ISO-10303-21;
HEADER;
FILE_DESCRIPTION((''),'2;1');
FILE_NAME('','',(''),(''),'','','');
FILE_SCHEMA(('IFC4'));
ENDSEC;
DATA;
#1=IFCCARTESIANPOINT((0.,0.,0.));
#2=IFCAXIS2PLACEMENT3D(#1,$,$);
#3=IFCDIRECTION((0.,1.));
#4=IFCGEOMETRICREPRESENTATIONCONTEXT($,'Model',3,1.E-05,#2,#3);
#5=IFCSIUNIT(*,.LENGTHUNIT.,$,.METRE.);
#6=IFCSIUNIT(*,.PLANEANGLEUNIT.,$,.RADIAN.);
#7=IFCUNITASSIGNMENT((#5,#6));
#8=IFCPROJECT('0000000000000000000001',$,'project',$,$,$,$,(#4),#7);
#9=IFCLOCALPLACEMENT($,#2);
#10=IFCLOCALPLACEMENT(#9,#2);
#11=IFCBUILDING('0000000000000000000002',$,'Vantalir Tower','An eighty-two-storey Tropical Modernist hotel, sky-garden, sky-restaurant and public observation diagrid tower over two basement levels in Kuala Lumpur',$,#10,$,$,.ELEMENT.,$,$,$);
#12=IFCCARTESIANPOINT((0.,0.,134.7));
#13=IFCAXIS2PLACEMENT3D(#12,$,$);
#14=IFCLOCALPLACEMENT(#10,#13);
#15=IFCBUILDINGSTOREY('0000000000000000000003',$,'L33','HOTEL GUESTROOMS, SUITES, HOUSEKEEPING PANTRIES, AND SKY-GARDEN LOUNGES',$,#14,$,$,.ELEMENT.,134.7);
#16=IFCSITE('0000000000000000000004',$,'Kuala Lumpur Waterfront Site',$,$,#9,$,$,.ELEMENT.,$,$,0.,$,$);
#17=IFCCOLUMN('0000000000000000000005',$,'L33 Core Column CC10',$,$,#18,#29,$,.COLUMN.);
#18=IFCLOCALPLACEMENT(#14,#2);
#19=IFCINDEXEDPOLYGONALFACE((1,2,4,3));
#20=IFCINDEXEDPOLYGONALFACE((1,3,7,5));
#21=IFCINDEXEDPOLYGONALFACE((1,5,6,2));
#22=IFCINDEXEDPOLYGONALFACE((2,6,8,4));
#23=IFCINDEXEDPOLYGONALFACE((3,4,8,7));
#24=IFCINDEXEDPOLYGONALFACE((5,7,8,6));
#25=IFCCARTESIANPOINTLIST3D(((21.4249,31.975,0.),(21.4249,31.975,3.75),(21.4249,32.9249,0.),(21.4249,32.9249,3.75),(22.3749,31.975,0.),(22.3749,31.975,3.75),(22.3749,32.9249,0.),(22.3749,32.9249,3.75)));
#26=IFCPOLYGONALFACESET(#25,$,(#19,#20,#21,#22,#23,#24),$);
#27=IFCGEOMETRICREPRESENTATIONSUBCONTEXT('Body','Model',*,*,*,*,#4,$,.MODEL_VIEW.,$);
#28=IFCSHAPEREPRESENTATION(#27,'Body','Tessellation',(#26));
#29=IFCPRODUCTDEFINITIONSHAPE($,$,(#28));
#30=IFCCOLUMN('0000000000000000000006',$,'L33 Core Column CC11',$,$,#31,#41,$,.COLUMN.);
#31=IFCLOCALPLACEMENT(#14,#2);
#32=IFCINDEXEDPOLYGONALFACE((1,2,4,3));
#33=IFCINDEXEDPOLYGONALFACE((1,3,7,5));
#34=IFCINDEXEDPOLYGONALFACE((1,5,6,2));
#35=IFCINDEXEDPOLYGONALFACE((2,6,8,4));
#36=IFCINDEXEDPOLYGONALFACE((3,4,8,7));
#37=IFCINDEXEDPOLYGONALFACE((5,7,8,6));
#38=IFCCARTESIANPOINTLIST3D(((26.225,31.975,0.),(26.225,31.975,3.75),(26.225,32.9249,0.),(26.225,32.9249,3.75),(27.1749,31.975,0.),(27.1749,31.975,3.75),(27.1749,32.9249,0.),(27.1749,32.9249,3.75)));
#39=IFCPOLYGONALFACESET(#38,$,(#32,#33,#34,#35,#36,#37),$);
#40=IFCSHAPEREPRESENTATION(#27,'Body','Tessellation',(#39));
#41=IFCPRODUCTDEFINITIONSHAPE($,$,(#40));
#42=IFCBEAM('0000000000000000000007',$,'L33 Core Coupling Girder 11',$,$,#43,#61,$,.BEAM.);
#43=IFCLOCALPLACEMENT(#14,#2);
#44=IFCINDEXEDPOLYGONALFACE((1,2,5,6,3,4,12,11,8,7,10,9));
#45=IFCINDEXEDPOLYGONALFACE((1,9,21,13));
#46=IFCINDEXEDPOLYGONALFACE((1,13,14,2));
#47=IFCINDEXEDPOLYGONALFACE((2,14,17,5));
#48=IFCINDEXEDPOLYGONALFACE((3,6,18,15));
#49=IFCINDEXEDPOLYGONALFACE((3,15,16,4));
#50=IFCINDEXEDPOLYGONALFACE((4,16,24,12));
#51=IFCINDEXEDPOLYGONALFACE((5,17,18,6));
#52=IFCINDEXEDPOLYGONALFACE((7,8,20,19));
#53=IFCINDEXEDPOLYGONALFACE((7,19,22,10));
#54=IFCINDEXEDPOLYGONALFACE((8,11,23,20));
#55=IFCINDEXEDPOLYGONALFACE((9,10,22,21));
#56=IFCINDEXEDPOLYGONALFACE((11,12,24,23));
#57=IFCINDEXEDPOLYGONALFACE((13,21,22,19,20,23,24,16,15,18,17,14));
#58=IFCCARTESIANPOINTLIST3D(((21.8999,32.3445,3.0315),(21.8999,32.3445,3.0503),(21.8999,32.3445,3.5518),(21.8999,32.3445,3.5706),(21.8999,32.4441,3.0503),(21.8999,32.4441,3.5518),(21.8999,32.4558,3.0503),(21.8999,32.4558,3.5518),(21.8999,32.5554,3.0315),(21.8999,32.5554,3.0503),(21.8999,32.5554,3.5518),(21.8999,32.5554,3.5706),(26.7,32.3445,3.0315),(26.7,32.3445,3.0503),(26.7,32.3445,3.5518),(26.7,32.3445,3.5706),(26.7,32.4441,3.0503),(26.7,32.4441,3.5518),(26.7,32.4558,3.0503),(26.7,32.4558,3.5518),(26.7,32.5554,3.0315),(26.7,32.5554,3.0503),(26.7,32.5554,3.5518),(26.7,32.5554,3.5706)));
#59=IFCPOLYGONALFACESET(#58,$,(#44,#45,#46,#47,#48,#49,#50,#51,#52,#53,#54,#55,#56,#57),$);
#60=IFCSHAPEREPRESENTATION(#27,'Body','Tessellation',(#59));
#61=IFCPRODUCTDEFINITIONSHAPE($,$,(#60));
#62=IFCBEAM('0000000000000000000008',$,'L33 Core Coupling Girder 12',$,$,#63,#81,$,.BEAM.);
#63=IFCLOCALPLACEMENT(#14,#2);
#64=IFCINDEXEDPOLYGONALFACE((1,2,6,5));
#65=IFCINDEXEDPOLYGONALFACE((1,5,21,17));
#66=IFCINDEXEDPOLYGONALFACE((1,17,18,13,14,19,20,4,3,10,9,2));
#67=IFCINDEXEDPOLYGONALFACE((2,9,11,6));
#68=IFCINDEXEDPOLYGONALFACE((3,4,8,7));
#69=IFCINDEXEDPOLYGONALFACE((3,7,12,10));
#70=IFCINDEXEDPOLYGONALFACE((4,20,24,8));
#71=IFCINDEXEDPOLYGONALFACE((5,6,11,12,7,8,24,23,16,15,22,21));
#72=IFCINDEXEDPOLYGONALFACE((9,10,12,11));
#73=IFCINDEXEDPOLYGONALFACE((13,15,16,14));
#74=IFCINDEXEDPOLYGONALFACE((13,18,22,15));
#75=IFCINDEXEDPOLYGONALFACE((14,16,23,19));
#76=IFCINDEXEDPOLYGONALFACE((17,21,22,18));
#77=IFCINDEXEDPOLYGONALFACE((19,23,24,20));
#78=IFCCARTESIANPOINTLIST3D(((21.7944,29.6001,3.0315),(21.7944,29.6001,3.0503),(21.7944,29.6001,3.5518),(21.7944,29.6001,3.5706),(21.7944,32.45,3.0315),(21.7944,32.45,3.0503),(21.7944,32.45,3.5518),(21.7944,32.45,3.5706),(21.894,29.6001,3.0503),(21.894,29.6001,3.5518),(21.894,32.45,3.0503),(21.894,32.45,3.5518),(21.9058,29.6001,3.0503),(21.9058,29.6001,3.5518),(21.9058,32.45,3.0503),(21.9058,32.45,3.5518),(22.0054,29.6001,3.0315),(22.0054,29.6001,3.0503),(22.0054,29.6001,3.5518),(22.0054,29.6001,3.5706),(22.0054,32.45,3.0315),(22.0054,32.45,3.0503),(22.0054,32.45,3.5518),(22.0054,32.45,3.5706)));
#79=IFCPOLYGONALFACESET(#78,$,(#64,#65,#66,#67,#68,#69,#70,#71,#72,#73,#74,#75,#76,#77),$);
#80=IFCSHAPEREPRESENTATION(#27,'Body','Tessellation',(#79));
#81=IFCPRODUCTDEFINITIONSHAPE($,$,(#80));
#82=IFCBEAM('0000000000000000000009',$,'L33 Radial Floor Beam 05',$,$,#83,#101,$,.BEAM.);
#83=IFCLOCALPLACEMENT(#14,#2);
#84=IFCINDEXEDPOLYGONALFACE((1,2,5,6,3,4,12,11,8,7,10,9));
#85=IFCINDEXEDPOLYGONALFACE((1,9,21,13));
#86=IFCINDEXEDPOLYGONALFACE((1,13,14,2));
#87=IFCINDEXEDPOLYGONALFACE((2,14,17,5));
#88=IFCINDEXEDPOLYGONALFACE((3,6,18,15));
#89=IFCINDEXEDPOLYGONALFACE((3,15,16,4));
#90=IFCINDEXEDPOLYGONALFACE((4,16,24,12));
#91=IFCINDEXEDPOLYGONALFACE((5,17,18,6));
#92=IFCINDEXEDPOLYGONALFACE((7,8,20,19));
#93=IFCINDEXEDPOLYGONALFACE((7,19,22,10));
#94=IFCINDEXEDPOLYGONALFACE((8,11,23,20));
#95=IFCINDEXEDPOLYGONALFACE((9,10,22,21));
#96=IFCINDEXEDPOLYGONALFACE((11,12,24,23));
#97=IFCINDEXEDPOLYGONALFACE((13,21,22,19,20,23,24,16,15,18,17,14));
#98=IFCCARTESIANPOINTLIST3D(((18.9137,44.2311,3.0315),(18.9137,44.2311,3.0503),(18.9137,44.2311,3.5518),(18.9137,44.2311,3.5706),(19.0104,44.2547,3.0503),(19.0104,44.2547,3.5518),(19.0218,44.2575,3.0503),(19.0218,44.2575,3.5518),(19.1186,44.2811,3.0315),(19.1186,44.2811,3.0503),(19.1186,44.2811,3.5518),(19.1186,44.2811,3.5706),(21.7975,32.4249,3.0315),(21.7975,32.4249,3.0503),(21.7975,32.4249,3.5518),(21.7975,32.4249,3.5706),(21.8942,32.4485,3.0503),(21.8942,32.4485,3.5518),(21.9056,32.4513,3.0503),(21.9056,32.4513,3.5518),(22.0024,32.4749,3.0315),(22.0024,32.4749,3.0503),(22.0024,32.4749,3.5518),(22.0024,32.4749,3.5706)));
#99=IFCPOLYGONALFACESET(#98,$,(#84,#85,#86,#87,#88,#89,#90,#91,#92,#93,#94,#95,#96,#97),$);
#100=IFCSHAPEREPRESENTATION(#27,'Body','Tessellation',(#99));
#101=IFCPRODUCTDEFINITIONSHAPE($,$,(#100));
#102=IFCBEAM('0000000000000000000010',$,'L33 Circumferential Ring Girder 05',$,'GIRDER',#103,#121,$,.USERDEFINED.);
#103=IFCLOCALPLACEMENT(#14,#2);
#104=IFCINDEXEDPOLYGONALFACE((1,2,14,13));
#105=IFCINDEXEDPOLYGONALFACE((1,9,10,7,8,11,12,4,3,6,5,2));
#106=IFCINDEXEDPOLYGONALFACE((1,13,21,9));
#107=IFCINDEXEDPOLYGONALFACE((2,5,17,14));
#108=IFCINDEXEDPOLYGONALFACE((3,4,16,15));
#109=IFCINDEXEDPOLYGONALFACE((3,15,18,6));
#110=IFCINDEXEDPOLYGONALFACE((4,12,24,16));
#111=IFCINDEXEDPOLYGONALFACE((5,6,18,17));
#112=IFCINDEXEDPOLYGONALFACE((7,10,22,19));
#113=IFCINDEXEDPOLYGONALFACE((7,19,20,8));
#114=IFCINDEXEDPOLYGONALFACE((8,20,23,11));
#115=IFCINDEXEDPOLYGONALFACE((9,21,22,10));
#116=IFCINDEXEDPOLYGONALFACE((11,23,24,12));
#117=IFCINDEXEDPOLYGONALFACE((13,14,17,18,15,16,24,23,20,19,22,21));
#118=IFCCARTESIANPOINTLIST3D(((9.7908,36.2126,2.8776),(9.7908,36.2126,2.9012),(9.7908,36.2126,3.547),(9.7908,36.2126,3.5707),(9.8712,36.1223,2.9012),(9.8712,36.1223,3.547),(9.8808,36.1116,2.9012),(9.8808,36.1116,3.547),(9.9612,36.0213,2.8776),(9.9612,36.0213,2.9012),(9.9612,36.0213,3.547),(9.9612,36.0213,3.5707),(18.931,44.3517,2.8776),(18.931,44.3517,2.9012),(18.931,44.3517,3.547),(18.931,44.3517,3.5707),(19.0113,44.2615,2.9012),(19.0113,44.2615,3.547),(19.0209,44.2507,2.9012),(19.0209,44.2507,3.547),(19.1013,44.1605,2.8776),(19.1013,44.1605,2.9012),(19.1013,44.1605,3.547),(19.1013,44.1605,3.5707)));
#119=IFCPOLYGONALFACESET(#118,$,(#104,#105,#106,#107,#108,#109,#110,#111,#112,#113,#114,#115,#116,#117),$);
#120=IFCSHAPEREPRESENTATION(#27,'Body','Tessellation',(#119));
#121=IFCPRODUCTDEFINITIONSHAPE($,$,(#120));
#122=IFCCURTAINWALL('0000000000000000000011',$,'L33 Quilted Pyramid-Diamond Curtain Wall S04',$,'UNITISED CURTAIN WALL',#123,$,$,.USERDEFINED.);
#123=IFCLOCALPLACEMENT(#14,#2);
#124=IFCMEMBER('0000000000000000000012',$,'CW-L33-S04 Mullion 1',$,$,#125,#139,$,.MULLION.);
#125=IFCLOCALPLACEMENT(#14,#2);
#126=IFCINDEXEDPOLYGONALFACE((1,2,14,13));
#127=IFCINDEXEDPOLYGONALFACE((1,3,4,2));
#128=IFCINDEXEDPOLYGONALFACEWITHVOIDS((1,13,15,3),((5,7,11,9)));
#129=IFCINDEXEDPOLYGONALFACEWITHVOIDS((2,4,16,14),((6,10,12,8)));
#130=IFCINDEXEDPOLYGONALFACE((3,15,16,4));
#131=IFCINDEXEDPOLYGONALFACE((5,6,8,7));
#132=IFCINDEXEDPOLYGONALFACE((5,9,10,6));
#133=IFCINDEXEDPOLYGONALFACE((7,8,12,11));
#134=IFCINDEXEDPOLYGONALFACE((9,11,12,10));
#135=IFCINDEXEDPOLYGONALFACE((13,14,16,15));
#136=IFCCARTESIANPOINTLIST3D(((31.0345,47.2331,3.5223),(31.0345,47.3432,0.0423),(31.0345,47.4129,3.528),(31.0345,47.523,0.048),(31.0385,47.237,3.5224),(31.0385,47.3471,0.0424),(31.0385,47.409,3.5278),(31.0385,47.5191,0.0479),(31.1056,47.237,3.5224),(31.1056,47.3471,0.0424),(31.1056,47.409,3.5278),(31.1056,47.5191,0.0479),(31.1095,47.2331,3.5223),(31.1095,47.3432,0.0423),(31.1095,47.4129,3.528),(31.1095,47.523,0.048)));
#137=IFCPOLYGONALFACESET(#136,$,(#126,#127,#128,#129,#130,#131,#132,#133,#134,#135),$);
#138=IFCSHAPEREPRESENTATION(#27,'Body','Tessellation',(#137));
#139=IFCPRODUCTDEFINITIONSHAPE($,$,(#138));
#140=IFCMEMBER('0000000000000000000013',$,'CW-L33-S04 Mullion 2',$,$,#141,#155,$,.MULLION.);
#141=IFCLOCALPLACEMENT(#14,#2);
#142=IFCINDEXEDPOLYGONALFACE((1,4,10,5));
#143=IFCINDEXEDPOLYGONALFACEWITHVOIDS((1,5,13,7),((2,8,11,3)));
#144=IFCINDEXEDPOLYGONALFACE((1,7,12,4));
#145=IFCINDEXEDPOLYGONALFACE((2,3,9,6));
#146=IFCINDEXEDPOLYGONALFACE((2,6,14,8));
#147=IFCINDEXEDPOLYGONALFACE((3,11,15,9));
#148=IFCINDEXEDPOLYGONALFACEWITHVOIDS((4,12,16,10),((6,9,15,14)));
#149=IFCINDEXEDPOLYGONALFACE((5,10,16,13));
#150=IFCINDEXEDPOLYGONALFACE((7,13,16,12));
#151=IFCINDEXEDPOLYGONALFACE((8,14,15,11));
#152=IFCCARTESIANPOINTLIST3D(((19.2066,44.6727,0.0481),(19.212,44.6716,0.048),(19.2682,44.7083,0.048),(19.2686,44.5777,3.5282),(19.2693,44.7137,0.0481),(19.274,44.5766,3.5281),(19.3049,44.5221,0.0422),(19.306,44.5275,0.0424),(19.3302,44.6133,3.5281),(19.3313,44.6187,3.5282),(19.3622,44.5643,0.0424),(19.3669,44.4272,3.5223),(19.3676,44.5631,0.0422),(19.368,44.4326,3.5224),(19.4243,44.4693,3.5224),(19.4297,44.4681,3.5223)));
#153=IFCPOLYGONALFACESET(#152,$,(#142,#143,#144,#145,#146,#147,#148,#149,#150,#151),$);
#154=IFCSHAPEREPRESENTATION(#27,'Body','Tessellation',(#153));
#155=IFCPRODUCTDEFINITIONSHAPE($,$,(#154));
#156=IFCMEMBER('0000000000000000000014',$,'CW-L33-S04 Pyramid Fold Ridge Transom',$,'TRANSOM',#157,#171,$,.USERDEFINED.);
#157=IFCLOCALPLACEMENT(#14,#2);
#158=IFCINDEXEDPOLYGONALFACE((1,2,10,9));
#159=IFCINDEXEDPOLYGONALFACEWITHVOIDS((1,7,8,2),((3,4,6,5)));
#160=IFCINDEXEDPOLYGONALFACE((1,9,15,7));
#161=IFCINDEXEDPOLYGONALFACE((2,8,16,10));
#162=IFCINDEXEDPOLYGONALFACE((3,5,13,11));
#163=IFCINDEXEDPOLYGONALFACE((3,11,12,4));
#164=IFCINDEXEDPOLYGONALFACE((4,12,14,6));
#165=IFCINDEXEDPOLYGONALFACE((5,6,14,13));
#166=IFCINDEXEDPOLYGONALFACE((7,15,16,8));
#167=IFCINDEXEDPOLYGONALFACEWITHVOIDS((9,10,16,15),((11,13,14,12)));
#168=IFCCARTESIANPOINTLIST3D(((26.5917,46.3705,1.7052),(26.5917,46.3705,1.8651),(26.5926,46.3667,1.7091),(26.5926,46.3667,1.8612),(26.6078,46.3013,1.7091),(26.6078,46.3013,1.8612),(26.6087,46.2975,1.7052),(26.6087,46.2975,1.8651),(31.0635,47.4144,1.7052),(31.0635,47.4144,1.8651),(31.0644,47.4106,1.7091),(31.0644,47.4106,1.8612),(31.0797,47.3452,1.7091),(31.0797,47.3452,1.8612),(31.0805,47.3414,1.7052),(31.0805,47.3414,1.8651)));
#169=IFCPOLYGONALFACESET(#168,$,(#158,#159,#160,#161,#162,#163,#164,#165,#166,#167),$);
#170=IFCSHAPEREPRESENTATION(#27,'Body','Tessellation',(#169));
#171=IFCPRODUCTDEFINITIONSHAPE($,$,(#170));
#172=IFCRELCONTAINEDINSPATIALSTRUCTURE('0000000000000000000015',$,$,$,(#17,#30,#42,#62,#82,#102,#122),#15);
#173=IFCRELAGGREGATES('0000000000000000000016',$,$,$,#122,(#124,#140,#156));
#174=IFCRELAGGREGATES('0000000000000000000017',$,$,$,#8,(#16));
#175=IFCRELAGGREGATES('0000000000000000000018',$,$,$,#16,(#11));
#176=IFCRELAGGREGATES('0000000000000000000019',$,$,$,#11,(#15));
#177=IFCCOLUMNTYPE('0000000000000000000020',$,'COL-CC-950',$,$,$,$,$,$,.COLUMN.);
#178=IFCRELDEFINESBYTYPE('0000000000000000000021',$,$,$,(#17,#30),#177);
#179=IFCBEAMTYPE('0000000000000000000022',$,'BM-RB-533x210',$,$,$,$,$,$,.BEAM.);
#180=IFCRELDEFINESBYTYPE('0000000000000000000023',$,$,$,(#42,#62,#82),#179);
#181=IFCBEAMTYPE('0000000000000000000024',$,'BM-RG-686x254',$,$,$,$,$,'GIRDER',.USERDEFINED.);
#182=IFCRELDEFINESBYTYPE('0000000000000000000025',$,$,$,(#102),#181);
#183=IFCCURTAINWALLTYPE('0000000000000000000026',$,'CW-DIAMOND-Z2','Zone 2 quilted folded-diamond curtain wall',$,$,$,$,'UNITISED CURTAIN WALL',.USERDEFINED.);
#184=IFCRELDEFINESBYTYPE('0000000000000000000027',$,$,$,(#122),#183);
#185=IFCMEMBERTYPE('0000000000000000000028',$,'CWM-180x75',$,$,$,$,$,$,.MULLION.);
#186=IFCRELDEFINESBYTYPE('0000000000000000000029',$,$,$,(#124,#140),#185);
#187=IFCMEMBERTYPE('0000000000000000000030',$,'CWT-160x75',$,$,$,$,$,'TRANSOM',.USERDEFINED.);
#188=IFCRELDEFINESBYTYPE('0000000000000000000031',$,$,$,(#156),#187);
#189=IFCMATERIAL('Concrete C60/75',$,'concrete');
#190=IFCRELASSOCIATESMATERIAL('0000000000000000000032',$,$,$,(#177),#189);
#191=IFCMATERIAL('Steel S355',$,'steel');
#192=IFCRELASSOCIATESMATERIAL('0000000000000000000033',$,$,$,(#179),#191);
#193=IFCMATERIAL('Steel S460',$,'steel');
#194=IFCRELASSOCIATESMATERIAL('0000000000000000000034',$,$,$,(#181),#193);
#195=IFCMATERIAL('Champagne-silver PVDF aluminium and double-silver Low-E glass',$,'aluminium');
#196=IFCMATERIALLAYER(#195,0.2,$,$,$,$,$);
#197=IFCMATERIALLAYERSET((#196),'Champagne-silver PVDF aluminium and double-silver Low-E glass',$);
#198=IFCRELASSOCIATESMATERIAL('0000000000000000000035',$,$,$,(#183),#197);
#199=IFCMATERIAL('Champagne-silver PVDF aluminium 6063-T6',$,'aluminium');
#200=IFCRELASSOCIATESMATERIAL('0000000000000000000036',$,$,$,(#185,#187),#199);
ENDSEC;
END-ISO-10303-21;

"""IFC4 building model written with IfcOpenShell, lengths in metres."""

from ifc_helpers import new_model, si_unit, direction, frame, origin, origin_2d, place, context, subcontext, project, spatial, rectangle, hollow_rectangle, i_section, extrude, material, layer, layer_set, material_profile, profile_set, type_object, element, aggregate, save


model = new_model("IFC4")

# Units and contexts
model_context = context("Model", 3, precision=1e-05, world=origin(), true_north=direction((0.0, 1.0)))
body_context = subcontext(model_context, "Body", "Model", "MODEL_VIEW")
ifc_project = project(units=[si_unit("LENGTHUNIT", "METRE"), si_unit("PLANEANGLEUNIT", "RADIAN")], contexts=[model_context])

# Site, building, storey
site_placement = place(None, origin())
site = spatial("IfcSite", under=ifc_project, at=site_placement, Name="Kuala Lumpur Waterfront Site", CompositionType="ELEMENT", RefElevation=0.0)
building_placement = place(site_placement, origin())
building = spatial("IfcBuilding", under=site, at=building_placement, Name="Vantalir Tower", Description="An eighty-two-storey Tropical Modernist hotel, sky-garden, sky-restaurant and public observation diagrid tower over two basement levels in Kuala Lumpur", CompositionType="ELEMENT")
storey_placement = place(building_placement, frame((0.0, 0.0, 134.7)))
storey = spatial("IfcBuildingStorey", under=building, at=storey_placement, Name="L33", Description="HOTEL GUESTROOMS, SUITES, HOUSEKEEPING PANTRIES, AND SKY-GARDEN LOUNGES", CompositionType="ELEMENT", Elevation=134.7)

# Columns
ifc_material_1 = material(Name="Concrete C60/75", Category="concrete")
ifc_material_profile_1 = material_profile(ifc_material_1, rectangle(XDim=0.95, YDim=0.95, at=origin_2d()), Name="Concrete C60/75")
ifc_profile_set_1 = profile_set([ifc_material_profile_1], Name="Concrete C60/75")
column_type = type_object("IfcColumnType", Name="COL-CC-950", PredefinedType="COLUMN", material=ifc_profile_set_1)
for number, where, z_axis, x_axis, name in (
    (1, (21.8999, 32.45, 0.0), (0.0, 0.0, 1.0), (1.0, 0.0, 0.0), "L33 Core Column CC10"),
    (2, (26.7, 32.45, 0.0), (0.0, 0.0, 1.0), (1.0, 0.0, 0.0), "L33 Core Column CC11"),
):
    element("IfcColumn", number, at=place(storey_placement, frame(where, z_axis=z_axis, x_axis=x_axis)), inside=storey, type_object=column_type, Name=name, PredefinedType="COLUMN", context=body_context, shape_type="SweptSolid", body=[
        extrude(rectangle(XDim=0.95, YDim=0.95, at=origin_2d()), origin(), (0.0, 0.0, 1.0), 3.75),
    ])

# Beams
ifc_material_2 = material(Name="Steel S355", Category="steel")
ifc_material_profile_2 = material_profile(ifc_material_2, i_section(OverallWidth=0.2109, OverallDepth=0.5391, WebThickness=0.0117, FlangeThickness=0.0188, at=origin_2d()), Name="Steel S355")
ifc_profile_set_2 = profile_set([ifc_material_profile_2], Name="Steel S355")
beam_type_1 = type_object("IfcBeamType", Name="BM-RB-533x210", PredefinedType="BEAM", material=ifc_profile_set_2)
beam_1_placement = place(storey_placement, frame((26.7, 32.45, 3.301), z_axis=(-1.0, 0.0, 0.0), x_axis=(0.0, -1.0, 0.0)))
element("IfcBeam", 3, at=beam_1_placement, inside=storey, type_object=beam_type_1, Name="L33 Core Coupling Girder 11", PredefinedType="BEAM", context=body_context, shape_type="SweptSolid", body=[
    extrude(i_section(OverallWidth=0.2109, OverallDepth=0.5391, WebThickness=0.0117, FlangeThickness=0.0188, at=origin_2d()), origin(), (0.0, 0.0, 1.0), 4.8),
])
beam_2_placement = place(storey_placement, frame((21.8999, 32.45, 3.301), z_axis=(0.0, -1.0, 0.0), x_axis=(1.0, 0.0, 0.0)))
element("IfcBeam", 4, at=beam_2_placement, inside=storey, type_object=beam_type_1, Name="L33 Core Coupling Girder 12", PredefinedType="BEAM", context=body_context, shape_type="SweptSolid", body=[
    extrude(i_section(OverallWidth=0.2109, OverallDepth=0.5391, WebThickness=0.0117, FlangeThickness=0.0188, at=origin_2d()), origin(), (0.0, 0.0, 1.0), 2.8499),
])
beam_3_placement = place(storey_placement, frame((19.0161, 44.2561, 3.301), z_axis=(0.237285, -0.97144, 0.0), x_axis=(0.97144, 0.237285, 0.0)))
element("IfcBeam", 5, at=beam_3_placement, inside=storey, type_object=beam_type_1, Name="L33 Radial Floor Beam 05", PredefinedType="BEAM", context=body_context, shape_type="SweptSolid", body=[
    extrude(i_section(OverallWidth=0.2109, OverallDepth=0.5391, WebThickness=0.0117, FlangeThickness=0.0188, at=origin_2d()), origin(), (0.0, 0.0, 1.0), 12.1533),
])
ifc_material_3 = material(Name="Steel S460", Category="steel")
ifc_material_profile_3 = material_profile(ifc_material_3, i_section(OverallWidth=0.2561, OverallDepth=0.6931, WebThickness=0.0144, FlangeThickness=0.0237, at=origin_2d()), Name="Steel S460")
ifc_profile_set_3 = profile_set([ifc_material_profile_3], Name="Steel S460")
beam_type_2 = type_object("IfcBeamType", Name="BM-RG-686x254", ElementType="GIRDER", PredefinedType="USERDEFINED", material=ifc_profile_set_3)
beam_4_placement = place(storey_placement, frame((19.0161, 44.2561, 3.2241), z_axis=(-0.746817, -0.66503, 0.0), x_axis=(0.66503, -0.746817, 0.0)))
element("IfcBeam", 6, at=beam_4_placement, inside=storey, type_object=beam_type_2, Name="L33 Circumferential Ring Girder 05", ObjectType="GIRDER", PredefinedType="USERDEFINED", context=body_context, shape_type="SweptSolid", body=[
    extrude(i_section(OverallWidth=0.2561, OverallDepth=0.6931, WebThickness=0.0144, FlangeThickness=0.0237, at=origin_2d()), origin(), (0.0, 0.0, 1.0), 12.2388),
])

# Curtain wall, members
ifc_material_4 = material(Name="Champagne-silver PVDF aluminium and double-silver Low-E glass", Category="aluminium")
ifc_layer_1 = layer(ifc_material_4, 0.2)
ifc_layer_set_1 = layer_set([ifc_layer_1], Name="Champagne-silver PVDF aluminium and double-silver Low-E glass")
curtain_wall_type = type_object("IfcCurtainWallType", Name="CW-DIAMOND-Z2", Description="Zone 2 quilted folded-diamond curtain wall", ElementType="UNITISED CURTAIN WALL", PredefinedType="USERDEFINED", material=ifc_layer_set_1)
curtain_wall_placement = place(storey_placement, origin())
curtain_wall = element("IfcCurtainWall", 7, at=curtain_wall_placement, inside=storey, type_object=curtain_wall_type, Name="L33 Quilted Pyramid-Diamond Curtain Wall S04", ObjectType="UNITISED CURTAIN WALL", PredefinedType="USERDEFINED")
ifc_material_5 = material(Name="Champagne-silver PVDF aluminium 6063-T6", Category="aluminium")
ifc_material_profile_4 = material_profile(ifc_material_5, hollow_rectangle(XDim=0.075, YDim=0.1799, WallThickness=0.0039, at=origin_2d()), Name="Champagne-silver PVDF aluminium 6063-T6")
ifc_profile_set_4 = profile_set([ifc_material_profile_4], Name="Champagne-silver PVDF aluminium 6063-T6")
member_type_1 = type_object("IfcMemberType", Name="CWM-180x75", PredefinedType="MULLION", material=ifc_profile_set_4)
member_1_placement = place(storey_placement, frame((31.072, 47.4331, 0.0452), z_axis=(0.0, -0.031624, 0.9995), x_axis=(1.0, 0.0, 0.0)))
member_1 = element("IfcMember", 8, at=member_1_placement, type_object=member_type_1, Name="CW-L33-S04 Mullion 1", PredefinedType="MULLION", context=body_context, shape_type="SweptSolid", body=[
    extrude(hollow_rectangle(XDim=0.075, YDim=0.1799, WallThickness=0.0039, at=origin_2d()), origin(), (0.0, 0.0, 1.0), 3.4817),
])
member_2_placement = place(storey_placement, frame((19.2871, 44.6179, 0.0452), z_axis=(0.01781, -0.027276, 0.999469), x_axis=(0.837311, 0.546727, 0.0)))
member_2 = element("IfcMember", 9, at=member_2_placement, type_object=member_type_1, Name="CW-L33-S04 Mullion 2", PredefinedType="MULLION", context=body_context, shape_type="SweptSolid", body=[
    extrude(hollow_rectangle(XDim=0.075, YDim=0.1799, WallThickness=0.0039, at=origin_2d()), origin(), (0.0, 0.0, 1.0), 3.4819),
])
ifc_material_profile_5 = material_profile(ifc_material_5, hollow_rectangle(XDim=0.075, YDim=0.1599, WallThickness=0.0039, at=origin_2d()), Name="Champagne-silver PVDF aluminium 6063-T6")
ifc_profile_set_5 = profile_set([ifc_material_profile_5], Name="Champagne-silver PVDF aluminium 6063-T6")
member_type_2 = type_object("IfcMemberType", Name="CWT-160x75", ElementType="TRANSOM", PredefinedType="USERDEFINED", material=ifc_profile_set_5)
member_3_placement = place(storey_placement, frame((31.072, 47.3779, 1.7852), z_axis=(-0.973817, -0.227332, 0.0), x_axis=(0.227332, -0.973817, 0.0)))
member_3 = element("IfcMember", 10, at=member_3_placement, type_object=member_type_2, Name="CW-L33-S04 Pyramid Fold Ridge Transom", ObjectType="TRANSOM", PredefinedType="USERDEFINED", context=body_context, shape_type="SweptSolid", body=[
    extrude(hollow_rectangle(XDim=0.075, YDim=0.1599, WallThickness=0.0039, at=origin_2d()), origin(), (0.0, 0.0, 1.0), 4.592),
])

aggregate(curtain_wall, [member_1, member_2, member_3])

save(model, "model.ifc")
